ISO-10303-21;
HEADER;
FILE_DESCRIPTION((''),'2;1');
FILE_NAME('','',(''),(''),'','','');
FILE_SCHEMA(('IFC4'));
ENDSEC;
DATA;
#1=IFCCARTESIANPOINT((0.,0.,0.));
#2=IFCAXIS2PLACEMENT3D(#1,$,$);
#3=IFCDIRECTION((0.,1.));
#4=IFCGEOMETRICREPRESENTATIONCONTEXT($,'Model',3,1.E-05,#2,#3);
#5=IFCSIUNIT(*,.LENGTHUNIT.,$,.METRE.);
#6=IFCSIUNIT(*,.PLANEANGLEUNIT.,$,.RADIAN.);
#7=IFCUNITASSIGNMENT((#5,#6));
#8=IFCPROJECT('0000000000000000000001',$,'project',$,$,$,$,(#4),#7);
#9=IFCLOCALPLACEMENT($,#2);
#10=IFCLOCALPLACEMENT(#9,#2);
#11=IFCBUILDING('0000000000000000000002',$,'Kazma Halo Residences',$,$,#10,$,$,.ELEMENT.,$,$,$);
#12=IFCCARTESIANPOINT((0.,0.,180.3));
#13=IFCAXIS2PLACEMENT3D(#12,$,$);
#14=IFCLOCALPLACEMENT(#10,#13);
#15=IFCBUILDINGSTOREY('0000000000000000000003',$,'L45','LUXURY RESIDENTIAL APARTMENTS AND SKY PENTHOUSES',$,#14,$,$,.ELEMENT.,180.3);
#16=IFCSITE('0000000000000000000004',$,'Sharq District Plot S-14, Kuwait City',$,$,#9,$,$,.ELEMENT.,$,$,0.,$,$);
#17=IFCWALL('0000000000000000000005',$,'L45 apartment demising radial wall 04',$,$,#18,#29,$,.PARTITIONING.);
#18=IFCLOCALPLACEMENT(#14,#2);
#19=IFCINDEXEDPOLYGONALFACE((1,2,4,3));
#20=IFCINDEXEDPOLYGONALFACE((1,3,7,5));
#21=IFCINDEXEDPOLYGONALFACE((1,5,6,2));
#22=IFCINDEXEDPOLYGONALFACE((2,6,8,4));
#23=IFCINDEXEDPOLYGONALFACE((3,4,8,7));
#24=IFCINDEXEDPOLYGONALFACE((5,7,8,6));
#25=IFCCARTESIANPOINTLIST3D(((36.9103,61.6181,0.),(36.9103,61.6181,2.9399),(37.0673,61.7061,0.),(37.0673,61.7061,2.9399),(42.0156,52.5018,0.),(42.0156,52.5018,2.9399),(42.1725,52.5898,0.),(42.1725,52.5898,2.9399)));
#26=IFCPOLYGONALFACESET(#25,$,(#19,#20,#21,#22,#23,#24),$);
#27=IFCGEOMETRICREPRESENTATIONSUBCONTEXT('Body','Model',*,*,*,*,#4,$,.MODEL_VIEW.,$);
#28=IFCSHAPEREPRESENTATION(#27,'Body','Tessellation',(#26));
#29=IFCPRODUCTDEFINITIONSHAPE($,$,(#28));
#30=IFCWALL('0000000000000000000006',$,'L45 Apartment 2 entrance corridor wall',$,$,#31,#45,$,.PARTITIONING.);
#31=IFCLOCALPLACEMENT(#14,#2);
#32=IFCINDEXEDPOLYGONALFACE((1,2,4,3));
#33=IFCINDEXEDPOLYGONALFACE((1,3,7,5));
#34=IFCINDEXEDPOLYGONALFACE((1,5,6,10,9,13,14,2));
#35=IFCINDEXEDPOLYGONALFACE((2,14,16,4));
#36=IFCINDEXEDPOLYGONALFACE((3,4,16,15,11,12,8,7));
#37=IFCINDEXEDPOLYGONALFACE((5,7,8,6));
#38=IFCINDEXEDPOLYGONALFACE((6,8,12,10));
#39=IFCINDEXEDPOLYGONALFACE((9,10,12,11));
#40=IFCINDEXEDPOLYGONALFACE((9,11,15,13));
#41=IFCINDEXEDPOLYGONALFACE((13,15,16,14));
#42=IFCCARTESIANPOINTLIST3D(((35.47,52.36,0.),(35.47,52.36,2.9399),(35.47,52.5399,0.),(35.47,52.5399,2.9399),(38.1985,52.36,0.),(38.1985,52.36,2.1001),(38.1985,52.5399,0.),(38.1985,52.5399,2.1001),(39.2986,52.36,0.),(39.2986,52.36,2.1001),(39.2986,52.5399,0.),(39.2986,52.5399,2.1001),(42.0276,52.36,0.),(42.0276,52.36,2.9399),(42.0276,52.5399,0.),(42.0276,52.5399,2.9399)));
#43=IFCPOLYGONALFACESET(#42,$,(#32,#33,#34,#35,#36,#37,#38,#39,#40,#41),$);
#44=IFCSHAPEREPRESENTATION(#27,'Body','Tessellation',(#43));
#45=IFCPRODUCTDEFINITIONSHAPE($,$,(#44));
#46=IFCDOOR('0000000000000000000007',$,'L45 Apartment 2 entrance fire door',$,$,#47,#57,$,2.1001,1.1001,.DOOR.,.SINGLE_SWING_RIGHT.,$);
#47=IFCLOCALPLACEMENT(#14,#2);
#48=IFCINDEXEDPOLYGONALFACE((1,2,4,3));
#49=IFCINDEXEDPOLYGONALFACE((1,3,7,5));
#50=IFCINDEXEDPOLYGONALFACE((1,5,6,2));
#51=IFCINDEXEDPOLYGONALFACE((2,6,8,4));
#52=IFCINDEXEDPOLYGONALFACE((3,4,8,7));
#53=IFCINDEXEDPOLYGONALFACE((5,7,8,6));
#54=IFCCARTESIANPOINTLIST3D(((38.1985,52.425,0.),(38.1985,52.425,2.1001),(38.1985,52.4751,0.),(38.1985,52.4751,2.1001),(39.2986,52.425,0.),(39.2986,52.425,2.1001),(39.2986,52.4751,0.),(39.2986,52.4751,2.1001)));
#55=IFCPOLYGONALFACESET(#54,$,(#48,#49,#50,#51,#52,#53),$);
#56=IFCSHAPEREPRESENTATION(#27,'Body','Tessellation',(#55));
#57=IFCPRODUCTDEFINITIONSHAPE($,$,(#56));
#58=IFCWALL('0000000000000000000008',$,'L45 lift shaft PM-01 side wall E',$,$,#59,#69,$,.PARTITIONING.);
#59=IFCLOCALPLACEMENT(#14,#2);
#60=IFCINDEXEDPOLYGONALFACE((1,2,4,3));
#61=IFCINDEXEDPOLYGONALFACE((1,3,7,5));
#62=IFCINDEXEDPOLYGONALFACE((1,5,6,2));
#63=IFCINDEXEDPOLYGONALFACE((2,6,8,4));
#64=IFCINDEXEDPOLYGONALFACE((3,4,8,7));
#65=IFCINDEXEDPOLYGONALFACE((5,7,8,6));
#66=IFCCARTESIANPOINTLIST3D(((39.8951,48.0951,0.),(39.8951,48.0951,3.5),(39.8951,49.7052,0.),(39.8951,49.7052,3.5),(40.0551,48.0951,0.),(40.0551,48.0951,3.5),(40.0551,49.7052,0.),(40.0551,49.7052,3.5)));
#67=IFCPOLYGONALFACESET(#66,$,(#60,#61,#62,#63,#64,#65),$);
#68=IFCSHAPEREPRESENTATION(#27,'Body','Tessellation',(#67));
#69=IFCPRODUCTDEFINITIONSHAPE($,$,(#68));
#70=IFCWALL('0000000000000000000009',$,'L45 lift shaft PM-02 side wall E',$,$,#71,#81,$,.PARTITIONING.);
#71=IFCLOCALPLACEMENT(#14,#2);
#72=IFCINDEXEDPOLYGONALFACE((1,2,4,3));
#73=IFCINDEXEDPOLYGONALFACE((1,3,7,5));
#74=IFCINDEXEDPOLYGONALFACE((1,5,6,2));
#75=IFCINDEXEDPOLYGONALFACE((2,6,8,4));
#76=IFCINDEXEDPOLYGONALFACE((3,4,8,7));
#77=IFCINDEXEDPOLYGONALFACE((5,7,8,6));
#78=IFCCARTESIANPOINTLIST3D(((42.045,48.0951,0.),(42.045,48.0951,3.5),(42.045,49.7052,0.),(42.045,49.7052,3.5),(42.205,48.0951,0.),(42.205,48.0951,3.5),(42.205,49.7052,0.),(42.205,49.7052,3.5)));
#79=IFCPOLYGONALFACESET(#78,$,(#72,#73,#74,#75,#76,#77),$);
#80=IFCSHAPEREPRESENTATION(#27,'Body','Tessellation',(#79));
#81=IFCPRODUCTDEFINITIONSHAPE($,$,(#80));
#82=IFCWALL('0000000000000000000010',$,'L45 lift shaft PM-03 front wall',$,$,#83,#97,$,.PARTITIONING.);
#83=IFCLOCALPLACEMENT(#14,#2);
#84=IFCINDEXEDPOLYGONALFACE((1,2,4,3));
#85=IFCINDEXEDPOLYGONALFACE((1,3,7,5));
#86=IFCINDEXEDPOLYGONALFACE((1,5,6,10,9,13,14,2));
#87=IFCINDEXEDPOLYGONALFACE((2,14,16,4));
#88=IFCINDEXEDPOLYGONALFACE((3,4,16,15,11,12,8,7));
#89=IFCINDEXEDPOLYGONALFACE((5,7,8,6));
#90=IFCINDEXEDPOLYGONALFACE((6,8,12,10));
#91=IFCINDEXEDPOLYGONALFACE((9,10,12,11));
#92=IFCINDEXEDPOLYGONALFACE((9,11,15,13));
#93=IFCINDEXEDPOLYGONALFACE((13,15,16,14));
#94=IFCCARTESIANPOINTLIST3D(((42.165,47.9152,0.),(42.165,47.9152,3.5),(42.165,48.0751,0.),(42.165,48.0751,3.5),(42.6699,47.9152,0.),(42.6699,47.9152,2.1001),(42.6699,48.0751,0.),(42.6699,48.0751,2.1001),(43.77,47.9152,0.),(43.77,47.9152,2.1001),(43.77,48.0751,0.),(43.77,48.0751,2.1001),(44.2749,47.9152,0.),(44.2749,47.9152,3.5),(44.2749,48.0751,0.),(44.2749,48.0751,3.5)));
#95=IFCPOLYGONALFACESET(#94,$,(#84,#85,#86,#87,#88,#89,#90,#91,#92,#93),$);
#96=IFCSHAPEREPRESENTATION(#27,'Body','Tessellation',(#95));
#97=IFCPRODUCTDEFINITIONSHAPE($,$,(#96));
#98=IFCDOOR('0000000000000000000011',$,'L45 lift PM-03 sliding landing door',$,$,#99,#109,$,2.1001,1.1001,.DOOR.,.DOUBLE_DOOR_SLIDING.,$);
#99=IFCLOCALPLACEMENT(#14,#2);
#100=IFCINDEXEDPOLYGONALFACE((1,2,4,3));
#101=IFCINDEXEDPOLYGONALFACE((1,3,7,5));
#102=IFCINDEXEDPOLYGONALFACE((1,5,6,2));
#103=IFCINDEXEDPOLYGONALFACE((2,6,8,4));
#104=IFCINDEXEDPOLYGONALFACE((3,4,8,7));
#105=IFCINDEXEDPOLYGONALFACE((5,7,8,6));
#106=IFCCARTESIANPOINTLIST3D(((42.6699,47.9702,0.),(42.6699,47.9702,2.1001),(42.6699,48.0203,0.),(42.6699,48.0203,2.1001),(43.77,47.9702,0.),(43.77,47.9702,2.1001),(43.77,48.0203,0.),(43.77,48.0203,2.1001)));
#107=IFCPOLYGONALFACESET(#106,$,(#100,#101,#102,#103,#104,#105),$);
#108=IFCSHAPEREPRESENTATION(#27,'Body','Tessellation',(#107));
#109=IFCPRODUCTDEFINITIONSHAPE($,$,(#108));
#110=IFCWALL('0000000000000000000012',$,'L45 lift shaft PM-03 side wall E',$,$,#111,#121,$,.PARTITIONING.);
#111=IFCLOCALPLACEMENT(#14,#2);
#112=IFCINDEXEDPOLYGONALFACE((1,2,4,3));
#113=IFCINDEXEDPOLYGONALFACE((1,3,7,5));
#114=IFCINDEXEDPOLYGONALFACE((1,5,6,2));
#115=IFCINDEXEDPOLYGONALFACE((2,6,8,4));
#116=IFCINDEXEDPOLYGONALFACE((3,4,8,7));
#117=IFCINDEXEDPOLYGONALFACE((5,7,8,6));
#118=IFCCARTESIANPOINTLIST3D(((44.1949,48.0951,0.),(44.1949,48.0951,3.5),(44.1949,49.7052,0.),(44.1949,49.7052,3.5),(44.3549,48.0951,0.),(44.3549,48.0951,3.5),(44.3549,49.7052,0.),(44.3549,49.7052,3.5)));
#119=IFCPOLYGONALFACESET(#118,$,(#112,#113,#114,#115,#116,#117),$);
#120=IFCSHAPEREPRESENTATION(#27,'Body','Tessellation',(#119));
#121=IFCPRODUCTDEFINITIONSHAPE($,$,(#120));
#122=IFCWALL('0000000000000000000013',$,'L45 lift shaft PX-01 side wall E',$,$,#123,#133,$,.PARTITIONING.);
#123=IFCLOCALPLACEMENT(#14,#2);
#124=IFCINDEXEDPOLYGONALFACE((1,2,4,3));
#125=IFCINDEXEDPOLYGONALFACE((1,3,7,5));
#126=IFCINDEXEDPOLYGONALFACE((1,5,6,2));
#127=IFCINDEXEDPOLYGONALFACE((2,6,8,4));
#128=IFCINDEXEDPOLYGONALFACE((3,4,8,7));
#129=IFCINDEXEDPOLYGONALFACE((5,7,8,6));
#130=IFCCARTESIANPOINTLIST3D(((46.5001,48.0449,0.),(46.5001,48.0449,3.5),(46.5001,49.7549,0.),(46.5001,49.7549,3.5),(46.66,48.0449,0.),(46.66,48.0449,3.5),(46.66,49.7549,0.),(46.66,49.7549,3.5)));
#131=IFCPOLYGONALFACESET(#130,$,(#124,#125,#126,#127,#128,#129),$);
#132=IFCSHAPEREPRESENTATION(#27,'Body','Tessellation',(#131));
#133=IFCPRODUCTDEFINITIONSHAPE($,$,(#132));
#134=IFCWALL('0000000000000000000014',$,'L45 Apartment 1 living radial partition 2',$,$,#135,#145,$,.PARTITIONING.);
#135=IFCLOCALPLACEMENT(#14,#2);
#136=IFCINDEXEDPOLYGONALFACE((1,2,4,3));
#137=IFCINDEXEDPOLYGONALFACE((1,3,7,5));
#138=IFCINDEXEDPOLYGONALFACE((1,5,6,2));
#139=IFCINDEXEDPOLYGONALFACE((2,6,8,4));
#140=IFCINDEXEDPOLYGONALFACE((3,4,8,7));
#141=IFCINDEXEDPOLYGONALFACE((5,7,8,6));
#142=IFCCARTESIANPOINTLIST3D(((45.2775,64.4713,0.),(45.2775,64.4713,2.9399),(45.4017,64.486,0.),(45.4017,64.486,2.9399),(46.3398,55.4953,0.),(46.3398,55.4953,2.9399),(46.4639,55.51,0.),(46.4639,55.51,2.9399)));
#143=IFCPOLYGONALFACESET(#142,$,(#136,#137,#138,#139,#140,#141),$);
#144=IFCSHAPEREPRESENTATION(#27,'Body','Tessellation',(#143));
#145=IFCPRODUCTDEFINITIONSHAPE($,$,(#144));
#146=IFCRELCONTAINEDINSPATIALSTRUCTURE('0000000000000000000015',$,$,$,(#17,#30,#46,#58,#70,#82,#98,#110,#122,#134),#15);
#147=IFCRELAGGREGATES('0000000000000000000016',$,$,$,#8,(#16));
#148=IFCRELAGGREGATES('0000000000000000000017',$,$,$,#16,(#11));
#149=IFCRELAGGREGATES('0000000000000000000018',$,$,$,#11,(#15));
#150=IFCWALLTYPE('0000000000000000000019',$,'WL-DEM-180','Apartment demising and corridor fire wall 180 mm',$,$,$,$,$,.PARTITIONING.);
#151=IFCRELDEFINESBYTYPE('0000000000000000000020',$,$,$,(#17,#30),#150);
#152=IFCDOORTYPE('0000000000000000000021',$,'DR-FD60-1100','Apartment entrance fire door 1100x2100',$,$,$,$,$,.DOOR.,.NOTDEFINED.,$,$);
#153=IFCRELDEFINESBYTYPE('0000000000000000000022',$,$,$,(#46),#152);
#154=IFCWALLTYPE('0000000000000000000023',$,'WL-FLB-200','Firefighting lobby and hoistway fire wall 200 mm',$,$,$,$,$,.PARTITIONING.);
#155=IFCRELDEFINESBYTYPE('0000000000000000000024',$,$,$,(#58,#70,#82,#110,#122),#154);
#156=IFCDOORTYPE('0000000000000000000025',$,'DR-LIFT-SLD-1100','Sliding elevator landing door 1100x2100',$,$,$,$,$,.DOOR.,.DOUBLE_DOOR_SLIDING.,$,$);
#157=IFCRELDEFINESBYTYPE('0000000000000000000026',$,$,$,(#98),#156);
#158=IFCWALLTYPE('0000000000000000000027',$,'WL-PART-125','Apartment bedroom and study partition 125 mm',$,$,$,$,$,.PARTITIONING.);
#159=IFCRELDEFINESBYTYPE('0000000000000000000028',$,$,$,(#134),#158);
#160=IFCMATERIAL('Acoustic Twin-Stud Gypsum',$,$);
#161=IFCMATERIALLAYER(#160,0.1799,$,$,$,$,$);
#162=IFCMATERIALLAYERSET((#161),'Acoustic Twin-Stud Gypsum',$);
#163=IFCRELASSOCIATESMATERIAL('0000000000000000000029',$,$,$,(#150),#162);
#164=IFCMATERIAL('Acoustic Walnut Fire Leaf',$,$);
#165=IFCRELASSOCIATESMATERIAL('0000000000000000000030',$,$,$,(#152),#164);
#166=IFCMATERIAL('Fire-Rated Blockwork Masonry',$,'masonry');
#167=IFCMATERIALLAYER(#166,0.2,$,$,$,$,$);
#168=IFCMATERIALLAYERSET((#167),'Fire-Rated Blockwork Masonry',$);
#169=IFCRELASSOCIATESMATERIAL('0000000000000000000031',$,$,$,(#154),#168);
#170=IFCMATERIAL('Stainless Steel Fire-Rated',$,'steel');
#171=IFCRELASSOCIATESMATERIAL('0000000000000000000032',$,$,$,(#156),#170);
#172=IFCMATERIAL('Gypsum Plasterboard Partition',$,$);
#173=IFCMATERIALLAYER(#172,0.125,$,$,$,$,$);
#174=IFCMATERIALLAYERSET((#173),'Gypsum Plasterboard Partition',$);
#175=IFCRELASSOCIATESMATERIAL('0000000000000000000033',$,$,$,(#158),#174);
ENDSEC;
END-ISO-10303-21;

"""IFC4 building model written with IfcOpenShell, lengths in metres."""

from ifc_helpers import new_model, si_unit, direction, frame, frame_2d, origin, place, context, subcontext, project, spatial, rectangle, extrude, material, layer, layer_set, type_object, element, fill, save


model = new_model("IFC4")

# Units and contexts
model_context = context("Model", 3, precision=1e-05, world=origin(), true_north=direction((0.0, 1.0)))
body_context = subcontext(model_context, "Body", "Model", "MODEL_VIEW")
ifc_project = project(units=[si_unit("LENGTHUNIT", "METRE"), si_unit("PLANEANGLEUNIT", "RADIAN")], contexts=[model_context])

# Site, building, storey
site_placement = place(None, origin())
site = spatial("IfcSite", under=ifc_project, at=site_placement, Name="Sharq District Plot S-14, Kuwait City", CompositionType="ELEMENT", RefElevation=0.0)
building_placement = place(site_placement, origin())
building = spatial("IfcBuilding", under=site, at=building_placement, Name="Kazma Halo Residences", CompositionType="ELEMENT")
storey_placement = place(building_placement, frame((0.0, 0.0, 180.3)))
storey = spatial("IfcBuildingStorey", under=building, at=storey_placement, Name="L45", Description="LUXURY RESIDENTIAL APARTMENTS AND SKY PENTHOUSES", CompositionType="ELEMENT", Elevation=180.3)

# Wall
ifc_material_1 = material(Name="Acoustic Twin-Stud Gypsum")
ifc_layer_1 = layer(ifc_material_1, 0.1799)
ifc_layer_set_1 = layer_set([ifc_layer_1], Name="Acoustic Twin-Stud Gypsum")
wall_type_1 = type_object("IfcWallType", Name="WL-DEM-180", Description="Apartment demising and corridor fire wall 180 mm", PredefinedType="PARTITIONING", material=ifc_layer_set_1)
wall_1_placement = place(storey_placement, frame((42.094, 52.5459, 0.0), z_axis=(0.0, 0.0, 1.0), x_axis=(-0.488614, 0.8725, 0.0)))
element("IfcWall", 1, at=wall_1_placement, inside=storey, type_object=wall_type_1, Name="L45 apartment demising radial wall 04", PredefinedType="PARTITIONING", context=body_context, shape_type="SweptSolid", body=[
    extrude(rectangle(XDim=10.4485, YDim=0.1799, at=frame_2d((5.2241, 0.0))), origin(), (0.0, 0.0, 1.0), 2.9399),
])

# Wall, opening, door
wall_2_placement = place(storey_placement, frame((42.0276, 52.45, 0.0), z_axis=(0.0, 0.0, 1.0), x_axis=(-1.0, 0.0, 0.0)))
wall_2 = element("IfcWall", 2, at=wall_2_placement, inside=storey, type_object=wall_type_1, Name="L45 Apartment 2 entrance corridor wall", PredefinedType="PARTITIONING", context=body_context, shape_type="SweptSolid", body=[
    extrude(rectangle(XDim=6.5576, YDim=0.1799, at=frame_2d((3.2788, 0.0))), origin(), (0.0, 0.0, 1.0), 2.9399),
])
opening_1_placement = place(wall_2_placement, frame((2.729, 0.0, 0.0)))
opening_1 = element("IfcOpeningElement", 3, at=opening_1_placement, cuts=wall_2, PredefinedType="OPENING", context=body_context, shape_type="SweptSolid", body=[
    extrude(rectangle(XDim=1.1001, YDim=2.1001, at=frame_2d((0.55, 1.05))), frame((0.0, 0.0999, 0.0), z_axis=(0.0, -1.0, 0.0), x_axis=(1.0, 0.0, 0.0)), (0.0, 0.0, 1.0), 0.2),
])
ifc_material_2 = material(Name="Acoustic Walnut Fire Leaf")
door_type_1 = type_object("IfcDoorType", Name="DR-FD60-1100", Description="Apartment entrance fire door 1100x2100", OperationType="NOTDEFINED", PredefinedType="DOOR", material=ifc_material_2)
door_1_placement = place(opening_1_placement, origin())
door_1 = element("IfcDoor", 4, at=door_1_placement, inside=storey, type_object=door_type_1, Name="L45 Apartment 2 entrance fire door", OperationType="SINGLE_SWING_RIGHT", OverallHeight=2.1001, OverallWidth=1.1001, PredefinedType="DOOR", context=body_context, shape_type="SweptSolid", body=[
    extrude(rectangle(XDim=1.1001, YDim=2.1001, at=frame_2d((0.55, 1.05))), frame((0.0, 0.0249, 0.0), z_axis=(0.0, -1.0, 0.0), x_axis=(1.0, 0.0, 0.0)), (0.0, 0.0, 1.0), 0.05),
])
fill(opening_1, door_1)

# Walls
ifc_material_3 = material(Name="Fire-Rated Blockwork Masonry", Category="masonry")
ifc_layer_2 = layer(ifc_material_3, 0.2)
ifc_layer_set_2 = layer_set([ifc_layer_2], Name="Fire-Rated Blockwork Masonry")
wall_type_2 = type_object("IfcWallType", Name="WL-FLB-200", Description="Firefighting lobby and hoistway fire wall 200 mm", PredefinedType="PARTITIONING", material=ifc_layer_set_2)
for number, where, z_axis, x_axis, name in (
    (5, (39.9751, 48.095, 0.0), (0.0, 0.0, 1.0), (0.0, 1.0, 0.0), "L45 lift shaft PM-01 side wall E"),
    (6, (42.125, 48.095, 0.0), (0.0, 0.0, 1.0), (0.0, 1.0, 0.0), "L45 lift shaft PM-02 side wall E"),
):
    element("IfcWall", number, at=place(storey_placement, frame(where, z_axis=z_axis, x_axis=x_axis)), inside=storey, type_object=wall_type_2, Name=name, PredefinedType="PARTITIONING", context=body_context, shape_type="SweptSolid", body=[
        extrude(rectangle(XDim=1.6101, YDim=0.1599, at=frame_2d((0.8052, 0.0))), origin(), (0.0, 0.0, 1.0), 3.5),
    ])

# Wall, opening, door
wall_3_placement = place(storey_placement, frame((44.2749, 47.9951, 0.0), z_axis=(0.0, 0.0, 1.0), x_axis=(-1.0, 0.0, 0.0)))
wall_3 = element("IfcWall", 7, at=wall_3_placement, inside=storey, type_object=wall_type_2, Name="L45 lift shaft PM-03 front wall", PredefinedType="PARTITIONING", context=body_context, shape_type="SweptSolid", body=[
    extrude(rectangle(XDim=2.1099, YDim=0.1599, at=frame_2d((1.0549, 0.0))), origin(), (0.0, 0.0, 1.0), 3.5),
])
opening_2_placement = place(wall_3_placement, frame((0.5049, 0.0, 0.0)))
opening_2 = element("IfcOpeningElement", 8, at=opening_2_placement, cuts=wall_3, PredefinedType="OPENING", context=body_context, shape_type="SweptSolid", body=[
    extrude(rectangle(XDim=1.1001, YDim=2.1001, at=frame_2d((0.55, 1.05))), frame((0.0, 0.0898, 0.0), z_axis=(0.0, -1.0, 0.0), x_axis=(1.0, 0.0, 0.0)), (0.0, 0.0, 1.0), 0.1799),
])
ifc_material_4 = material(Name="Stainless Steel Fire-Rated", Category="steel")
door_type_2 = type_object("IfcDoorType", Name="DR-LIFT-SLD-1100", Description="Sliding elevator landing door 1100x2100", OperationType="DOUBLE_DOOR_SLIDING", PredefinedType="DOOR", material=ifc_material_4)
door_2_placement = place(opening_2_placement, origin())
door_2 = element("IfcDoor", 9, at=door_2_placement, inside=storey, type_object=door_type_2, Name="L45 lift PM-03 sliding landing door", OperationType="DOUBLE_DOOR_SLIDING", OverallHeight=2.1001, OverallWidth=1.1001, PredefinedType="DOOR", context=body_context, shape_type="SweptSolid", body=[
    extrude(rectangle(XDim=1.1001, YDim=2.1001, at=frame_2d((0.55, 1.05))), frame((0.0, 0.0249, 0.0), z_axis=(0.0, -1.0, 0.0), x_axis=(1.0, 0.0, 0.0)), (0.0, 0.0, 1.0), 0.05),
])
fill(opening_2, door_2)

# Walls
wall_4_placement = place(storey_placement, frame((44.2749, 48.095, 0.0), z_axis=(0.0, 0.0, 1.0), x_axis=(0.0, 1.0, 0.0)))
element("IfcWall", 10, at=wall_4_placement, inside=storey, type_object=wall_type_2, Name="L45 lift shaft PM-03 side wall E", PredefinedType="PARTITIONING", context=body_context, shape_type="SweptSolid", body=[
    extrude(rectangle(XDim=1.6101, YDim=0.1599, at=frame_2d((0.8052, 0.0))), origin(), (0.0, 0.0, 1.0), 3.5),
])
wall_5_placement = place(storey_placement, frame((46.5801, 48.0449, 0.0), z_axis=(0.0, 0.0, 1.0), x_axis=(0.0, 1.0, 0.0)))
element("IfcWall", 11, at=wall_5_placement, inside=storey, type_object=wall_type_2, Name="L45 lift shaft PX-01 side wall E", PredefinedType="PARTITIONING", context=body_context, shape_type="SweptSolid", body=[
    extrude(rectangle(XDim=1.71, YDim=0.1599, at=frame_2d((0.855, 0.0))), origin(), (0.0, 0.0, 1.0), 3.5),
])
ifc_material_5 = material(Name="Gypsum Plasterboard Partition")
ifc_layer_3 = layer(ifc_material_5, 0.125)
ifc_layer_set_3 = layer_set([ifc_layer_3], Name="Gypsum Plasterboard Partition")
wall_type_3 = type_object("IfcWallType", Name="WL-PART-125", Description="Apartment bedroom and study partition 125 mm", PredefinedType="PARTITIONING", material=ifc_layer_set_3)
wall_6_placement = place(storey_placement, frame((46.4019, 55.5027, 0.0), z_axis=(0.0, 0.0, 1.0), x_axis=(-0.117526, 0.99307, 0.0)))
element("IfcWall", 12, at=wall_6_placement, inside=storey, type_object=wall_type_3, Name="L45 Apartment 1 living radial partition 2", PredefinedType="PARTITIONING", context=body_context, shape_type="SweptSolid", body=[
    extrude(rectangle(XDim=9.0386, YDim=0.125, at=frame_2d((4.5193, 0.0))), origin(), (0.0, 0.0, 1.0), 2.9399),
])

save(model, "model.ifc")
